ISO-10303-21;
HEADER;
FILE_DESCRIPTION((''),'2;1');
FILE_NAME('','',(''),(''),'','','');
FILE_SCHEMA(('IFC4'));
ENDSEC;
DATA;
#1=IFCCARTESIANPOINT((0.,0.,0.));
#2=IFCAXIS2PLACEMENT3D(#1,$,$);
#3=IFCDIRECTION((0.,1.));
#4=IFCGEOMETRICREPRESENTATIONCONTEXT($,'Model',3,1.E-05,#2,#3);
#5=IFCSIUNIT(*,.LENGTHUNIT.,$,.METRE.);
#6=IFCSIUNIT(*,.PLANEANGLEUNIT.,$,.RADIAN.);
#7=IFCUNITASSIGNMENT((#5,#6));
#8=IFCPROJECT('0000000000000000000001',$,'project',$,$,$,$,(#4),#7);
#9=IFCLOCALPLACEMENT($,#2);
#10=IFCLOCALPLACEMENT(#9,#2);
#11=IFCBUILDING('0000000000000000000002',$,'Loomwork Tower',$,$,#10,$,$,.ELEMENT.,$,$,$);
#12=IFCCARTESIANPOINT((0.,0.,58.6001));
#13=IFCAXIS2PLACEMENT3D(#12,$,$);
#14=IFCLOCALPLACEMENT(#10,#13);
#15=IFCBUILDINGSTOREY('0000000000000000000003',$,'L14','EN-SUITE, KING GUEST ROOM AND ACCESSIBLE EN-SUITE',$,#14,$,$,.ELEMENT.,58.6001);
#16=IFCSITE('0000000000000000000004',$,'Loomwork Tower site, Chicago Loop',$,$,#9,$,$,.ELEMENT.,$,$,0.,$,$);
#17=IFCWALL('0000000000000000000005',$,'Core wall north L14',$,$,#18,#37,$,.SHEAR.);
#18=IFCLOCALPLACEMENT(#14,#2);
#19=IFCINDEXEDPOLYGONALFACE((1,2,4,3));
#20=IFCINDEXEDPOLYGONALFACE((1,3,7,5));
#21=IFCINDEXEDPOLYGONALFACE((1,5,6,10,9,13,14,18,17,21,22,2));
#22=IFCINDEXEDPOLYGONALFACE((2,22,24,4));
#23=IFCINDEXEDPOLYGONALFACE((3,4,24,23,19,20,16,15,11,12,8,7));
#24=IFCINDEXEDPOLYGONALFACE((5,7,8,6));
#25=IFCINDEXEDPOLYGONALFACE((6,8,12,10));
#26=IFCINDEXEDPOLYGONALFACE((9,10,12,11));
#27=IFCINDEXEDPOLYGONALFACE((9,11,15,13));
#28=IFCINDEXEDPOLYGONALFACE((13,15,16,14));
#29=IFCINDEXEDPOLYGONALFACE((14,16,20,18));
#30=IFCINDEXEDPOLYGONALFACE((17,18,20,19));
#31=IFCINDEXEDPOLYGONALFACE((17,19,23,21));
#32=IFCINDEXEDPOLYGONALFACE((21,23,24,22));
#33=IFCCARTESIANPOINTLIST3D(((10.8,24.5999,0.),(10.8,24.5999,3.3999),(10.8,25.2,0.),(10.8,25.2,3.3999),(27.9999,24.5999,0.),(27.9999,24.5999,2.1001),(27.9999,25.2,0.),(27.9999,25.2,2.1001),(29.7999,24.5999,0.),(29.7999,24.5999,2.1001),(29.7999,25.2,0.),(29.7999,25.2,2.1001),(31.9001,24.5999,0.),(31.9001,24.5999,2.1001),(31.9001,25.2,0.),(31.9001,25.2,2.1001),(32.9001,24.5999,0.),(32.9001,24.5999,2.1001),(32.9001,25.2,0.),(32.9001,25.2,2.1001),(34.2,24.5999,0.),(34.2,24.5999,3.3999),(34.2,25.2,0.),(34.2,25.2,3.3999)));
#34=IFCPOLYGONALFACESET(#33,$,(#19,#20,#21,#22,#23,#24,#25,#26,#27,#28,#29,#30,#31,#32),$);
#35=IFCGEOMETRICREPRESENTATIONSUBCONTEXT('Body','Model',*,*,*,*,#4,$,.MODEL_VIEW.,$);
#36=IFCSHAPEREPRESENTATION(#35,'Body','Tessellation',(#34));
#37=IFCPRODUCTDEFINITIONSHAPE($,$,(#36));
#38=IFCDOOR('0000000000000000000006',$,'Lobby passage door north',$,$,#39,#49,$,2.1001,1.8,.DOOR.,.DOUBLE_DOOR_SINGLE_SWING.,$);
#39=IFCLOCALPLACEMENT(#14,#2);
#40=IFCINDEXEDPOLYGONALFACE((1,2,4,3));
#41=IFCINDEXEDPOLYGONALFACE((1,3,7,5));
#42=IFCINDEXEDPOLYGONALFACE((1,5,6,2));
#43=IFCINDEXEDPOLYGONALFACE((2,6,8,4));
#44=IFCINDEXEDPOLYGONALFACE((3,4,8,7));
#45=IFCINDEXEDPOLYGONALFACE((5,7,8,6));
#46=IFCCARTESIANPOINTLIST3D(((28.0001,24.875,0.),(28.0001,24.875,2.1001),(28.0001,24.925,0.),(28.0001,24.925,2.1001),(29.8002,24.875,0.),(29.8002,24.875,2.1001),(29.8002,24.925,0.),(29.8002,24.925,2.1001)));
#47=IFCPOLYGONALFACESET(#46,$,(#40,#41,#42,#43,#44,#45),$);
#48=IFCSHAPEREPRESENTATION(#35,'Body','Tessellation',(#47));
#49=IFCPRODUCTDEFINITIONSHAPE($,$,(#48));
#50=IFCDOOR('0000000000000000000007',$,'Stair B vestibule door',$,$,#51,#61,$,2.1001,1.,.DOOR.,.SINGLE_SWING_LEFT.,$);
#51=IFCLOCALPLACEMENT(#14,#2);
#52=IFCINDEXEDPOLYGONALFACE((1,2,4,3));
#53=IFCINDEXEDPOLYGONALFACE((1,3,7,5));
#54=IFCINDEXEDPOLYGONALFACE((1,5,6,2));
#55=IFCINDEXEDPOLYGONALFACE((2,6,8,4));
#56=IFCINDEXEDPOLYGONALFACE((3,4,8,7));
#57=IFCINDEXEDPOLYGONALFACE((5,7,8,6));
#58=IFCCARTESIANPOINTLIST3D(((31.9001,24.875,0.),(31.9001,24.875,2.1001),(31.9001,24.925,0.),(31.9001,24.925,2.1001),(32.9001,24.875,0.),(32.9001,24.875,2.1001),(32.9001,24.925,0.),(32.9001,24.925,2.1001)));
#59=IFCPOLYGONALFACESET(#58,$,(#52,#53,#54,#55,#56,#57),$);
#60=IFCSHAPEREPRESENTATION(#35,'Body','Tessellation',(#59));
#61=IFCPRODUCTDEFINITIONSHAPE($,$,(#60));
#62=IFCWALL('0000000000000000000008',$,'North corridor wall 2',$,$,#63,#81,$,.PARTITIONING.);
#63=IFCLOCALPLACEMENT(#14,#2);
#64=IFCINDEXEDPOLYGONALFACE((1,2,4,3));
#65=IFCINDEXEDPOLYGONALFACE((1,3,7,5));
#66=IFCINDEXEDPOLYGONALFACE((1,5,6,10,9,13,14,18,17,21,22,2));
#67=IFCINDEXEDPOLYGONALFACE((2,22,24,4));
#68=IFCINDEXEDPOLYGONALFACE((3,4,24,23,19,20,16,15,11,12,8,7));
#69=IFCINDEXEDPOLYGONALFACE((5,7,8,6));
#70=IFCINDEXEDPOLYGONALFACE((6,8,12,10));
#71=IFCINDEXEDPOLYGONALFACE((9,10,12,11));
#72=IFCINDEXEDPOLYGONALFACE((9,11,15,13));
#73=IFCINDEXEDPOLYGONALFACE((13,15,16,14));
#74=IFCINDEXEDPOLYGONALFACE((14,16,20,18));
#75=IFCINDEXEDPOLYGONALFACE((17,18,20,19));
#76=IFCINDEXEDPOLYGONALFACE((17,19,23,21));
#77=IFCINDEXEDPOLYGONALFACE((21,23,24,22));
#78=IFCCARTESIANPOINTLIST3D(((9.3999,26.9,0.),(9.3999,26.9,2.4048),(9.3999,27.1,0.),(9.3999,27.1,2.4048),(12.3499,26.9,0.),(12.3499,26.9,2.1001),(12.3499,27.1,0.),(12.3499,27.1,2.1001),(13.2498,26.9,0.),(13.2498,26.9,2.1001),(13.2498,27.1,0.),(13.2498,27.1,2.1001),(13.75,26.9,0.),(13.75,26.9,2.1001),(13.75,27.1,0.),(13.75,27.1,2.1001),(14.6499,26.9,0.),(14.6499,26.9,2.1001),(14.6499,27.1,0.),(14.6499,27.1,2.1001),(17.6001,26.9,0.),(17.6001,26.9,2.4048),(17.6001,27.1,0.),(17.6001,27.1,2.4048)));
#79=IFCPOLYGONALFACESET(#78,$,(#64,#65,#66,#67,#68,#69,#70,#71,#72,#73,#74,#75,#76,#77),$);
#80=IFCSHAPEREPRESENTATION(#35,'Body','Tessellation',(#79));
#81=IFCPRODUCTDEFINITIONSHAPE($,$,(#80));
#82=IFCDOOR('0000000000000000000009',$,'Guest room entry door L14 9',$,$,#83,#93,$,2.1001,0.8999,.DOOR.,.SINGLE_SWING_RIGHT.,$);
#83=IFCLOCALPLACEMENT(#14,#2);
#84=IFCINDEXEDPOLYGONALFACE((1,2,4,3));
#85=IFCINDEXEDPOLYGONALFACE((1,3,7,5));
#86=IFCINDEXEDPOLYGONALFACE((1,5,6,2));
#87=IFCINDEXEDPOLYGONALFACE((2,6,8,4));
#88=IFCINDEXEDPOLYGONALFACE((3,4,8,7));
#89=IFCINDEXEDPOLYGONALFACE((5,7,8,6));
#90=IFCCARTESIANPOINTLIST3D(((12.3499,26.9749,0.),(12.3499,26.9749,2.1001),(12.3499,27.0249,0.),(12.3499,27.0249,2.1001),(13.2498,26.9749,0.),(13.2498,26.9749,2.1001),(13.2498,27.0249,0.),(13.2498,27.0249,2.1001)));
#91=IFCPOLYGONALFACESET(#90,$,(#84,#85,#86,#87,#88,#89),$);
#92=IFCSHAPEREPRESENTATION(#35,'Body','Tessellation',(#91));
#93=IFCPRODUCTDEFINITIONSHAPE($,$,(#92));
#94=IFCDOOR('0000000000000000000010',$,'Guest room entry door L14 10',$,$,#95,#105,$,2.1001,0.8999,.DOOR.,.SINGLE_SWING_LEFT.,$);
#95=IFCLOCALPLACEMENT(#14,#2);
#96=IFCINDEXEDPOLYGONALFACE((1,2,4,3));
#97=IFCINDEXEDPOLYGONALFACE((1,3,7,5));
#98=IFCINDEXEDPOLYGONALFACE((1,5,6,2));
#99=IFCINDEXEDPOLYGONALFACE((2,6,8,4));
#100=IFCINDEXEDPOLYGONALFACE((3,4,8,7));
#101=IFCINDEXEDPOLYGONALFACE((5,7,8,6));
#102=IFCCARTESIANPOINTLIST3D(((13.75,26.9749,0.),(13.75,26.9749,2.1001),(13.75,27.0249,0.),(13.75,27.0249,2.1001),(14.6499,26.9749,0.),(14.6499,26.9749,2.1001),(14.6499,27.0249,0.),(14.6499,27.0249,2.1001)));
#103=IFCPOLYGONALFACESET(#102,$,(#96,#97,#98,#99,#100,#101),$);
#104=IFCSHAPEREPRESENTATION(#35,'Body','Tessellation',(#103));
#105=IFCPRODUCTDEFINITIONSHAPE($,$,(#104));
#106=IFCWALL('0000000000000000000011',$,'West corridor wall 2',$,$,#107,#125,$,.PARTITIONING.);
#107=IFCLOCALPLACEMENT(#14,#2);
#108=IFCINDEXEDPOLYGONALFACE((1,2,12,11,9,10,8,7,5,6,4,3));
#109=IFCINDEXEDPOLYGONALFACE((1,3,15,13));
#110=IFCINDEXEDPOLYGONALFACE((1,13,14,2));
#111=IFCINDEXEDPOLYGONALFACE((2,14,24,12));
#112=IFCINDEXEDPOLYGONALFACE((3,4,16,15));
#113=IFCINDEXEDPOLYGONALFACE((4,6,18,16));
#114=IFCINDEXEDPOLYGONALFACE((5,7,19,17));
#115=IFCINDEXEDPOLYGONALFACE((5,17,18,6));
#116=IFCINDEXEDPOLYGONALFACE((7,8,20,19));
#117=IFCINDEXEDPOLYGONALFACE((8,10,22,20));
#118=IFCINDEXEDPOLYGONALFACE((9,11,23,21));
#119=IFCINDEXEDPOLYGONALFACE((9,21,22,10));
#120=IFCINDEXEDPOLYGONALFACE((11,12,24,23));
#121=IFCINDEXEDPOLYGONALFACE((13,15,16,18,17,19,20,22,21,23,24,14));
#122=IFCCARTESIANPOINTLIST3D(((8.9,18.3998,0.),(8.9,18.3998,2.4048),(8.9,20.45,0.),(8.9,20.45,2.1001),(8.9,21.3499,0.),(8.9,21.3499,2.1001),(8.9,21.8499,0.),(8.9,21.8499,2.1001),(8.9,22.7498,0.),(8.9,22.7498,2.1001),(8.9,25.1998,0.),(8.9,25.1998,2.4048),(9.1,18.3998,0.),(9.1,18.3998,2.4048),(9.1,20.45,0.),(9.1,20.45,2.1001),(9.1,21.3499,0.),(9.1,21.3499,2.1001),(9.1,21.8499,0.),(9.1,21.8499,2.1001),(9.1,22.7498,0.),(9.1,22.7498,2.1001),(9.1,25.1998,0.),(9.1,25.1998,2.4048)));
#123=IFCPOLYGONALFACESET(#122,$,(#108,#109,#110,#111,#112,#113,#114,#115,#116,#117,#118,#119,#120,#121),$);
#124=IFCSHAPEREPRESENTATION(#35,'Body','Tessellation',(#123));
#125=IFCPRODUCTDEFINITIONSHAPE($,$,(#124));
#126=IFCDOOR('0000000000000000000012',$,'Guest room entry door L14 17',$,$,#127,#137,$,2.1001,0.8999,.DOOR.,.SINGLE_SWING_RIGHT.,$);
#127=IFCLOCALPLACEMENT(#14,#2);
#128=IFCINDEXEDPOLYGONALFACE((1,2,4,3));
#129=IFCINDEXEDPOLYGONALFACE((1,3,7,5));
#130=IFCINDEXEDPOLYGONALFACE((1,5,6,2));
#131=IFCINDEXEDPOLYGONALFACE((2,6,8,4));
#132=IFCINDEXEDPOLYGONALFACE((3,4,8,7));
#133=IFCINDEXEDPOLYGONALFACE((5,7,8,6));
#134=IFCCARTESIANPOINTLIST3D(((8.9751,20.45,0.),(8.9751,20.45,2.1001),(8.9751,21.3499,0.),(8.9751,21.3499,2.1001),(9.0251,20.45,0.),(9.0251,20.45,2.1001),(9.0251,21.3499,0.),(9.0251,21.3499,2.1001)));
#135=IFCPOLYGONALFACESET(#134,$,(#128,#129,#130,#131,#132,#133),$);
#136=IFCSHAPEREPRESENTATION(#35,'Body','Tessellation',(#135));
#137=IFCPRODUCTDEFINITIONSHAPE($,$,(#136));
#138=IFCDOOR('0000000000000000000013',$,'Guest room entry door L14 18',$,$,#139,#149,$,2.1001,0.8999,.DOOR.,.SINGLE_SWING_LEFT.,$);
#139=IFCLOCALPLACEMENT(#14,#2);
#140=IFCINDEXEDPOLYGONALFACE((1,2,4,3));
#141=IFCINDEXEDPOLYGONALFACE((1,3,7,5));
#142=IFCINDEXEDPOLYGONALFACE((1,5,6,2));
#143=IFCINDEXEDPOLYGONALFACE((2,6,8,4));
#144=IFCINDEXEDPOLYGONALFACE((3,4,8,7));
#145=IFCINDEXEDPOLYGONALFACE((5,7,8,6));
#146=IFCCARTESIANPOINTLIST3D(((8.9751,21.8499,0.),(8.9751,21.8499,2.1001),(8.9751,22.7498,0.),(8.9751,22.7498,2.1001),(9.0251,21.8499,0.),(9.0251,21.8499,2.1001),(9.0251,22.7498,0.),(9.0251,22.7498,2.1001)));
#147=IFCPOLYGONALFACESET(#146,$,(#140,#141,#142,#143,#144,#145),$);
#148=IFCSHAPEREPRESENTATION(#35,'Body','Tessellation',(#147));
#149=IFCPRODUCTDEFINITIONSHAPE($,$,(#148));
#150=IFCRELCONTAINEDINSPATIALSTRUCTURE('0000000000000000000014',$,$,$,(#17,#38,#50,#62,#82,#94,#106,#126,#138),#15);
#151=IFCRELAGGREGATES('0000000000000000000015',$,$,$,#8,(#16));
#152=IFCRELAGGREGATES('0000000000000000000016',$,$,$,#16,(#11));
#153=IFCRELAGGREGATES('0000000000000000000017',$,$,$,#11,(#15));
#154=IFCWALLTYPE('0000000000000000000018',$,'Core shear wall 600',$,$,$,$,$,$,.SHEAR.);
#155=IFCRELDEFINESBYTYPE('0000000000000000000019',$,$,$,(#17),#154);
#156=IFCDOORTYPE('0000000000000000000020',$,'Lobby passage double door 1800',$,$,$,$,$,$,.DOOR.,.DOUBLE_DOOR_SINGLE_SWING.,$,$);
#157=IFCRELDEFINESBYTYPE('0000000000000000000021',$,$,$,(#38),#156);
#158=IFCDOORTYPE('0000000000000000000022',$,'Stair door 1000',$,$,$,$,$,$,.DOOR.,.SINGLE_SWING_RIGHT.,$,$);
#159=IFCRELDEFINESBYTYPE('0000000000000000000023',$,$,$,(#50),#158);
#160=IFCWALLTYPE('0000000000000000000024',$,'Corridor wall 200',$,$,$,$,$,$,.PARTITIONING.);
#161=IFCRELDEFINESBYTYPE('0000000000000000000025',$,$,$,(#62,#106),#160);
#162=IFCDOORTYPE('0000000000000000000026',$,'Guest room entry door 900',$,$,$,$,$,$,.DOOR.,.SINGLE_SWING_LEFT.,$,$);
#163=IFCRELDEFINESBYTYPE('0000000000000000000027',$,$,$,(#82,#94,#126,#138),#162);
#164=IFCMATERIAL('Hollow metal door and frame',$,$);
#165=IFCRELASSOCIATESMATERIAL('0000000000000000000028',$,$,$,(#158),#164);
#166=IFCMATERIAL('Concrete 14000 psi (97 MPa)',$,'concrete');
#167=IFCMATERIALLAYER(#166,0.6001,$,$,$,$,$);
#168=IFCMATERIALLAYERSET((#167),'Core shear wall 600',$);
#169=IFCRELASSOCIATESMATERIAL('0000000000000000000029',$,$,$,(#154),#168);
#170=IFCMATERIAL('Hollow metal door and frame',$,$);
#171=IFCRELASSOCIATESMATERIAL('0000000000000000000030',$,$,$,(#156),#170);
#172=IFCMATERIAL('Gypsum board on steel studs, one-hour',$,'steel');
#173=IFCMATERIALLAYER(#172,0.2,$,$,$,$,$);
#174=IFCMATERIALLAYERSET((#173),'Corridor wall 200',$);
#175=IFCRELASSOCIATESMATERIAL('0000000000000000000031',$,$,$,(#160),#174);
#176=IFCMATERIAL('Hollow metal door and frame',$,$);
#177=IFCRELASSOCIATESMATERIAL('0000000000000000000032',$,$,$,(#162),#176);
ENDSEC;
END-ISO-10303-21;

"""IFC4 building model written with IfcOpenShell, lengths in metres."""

from ifc_helpers import new_model, si_unit, direction, frame, frame_2d, origin, place, context, subcontext, project, spatial, rectangle, extrude, material, layer, layer_set, type_object, element, fill, save


model = new_model("IFC4")

# Units and contexts
model_context = context("Model", 3, precision=1e-05, world=origin(), true_north=direction((0.0, 1.0)))
body_context = subcontext(model_context, "Body", "Model", "MODEL_VIEW")
ifc_project = project(units=[si_unit("LENGTHUNIT", "METRE"), si_unit("PLANEANGLEUNIT", "RADIAN")], contexts=[model_context])

# Site, building, storey
site_placement = place(None, origin())
site = spatial("IfcSite", under=ifc_project, at=site_placement, Name="Loomwork Tower site, Chicago Loop", CompositionType="ELEMENT", RefElevation=0.0)
building_placement = place(site_placement, origin())
building = spatial("IfcBuilding", under=site, at=building_placement, Name="Loomwork Tower", CompositionType="ELEMENT")
storey_placement = place(building_placement, frame((0.0, 0.0, 58.6001)))
storey = spatial("IfcBuildingStorey", under=building, at=storey_placement, Name="L14", Description="EN-SUITE, KING GUEST ROOM AND ACCESSIBLE EN-SUITE", CompositionType="ELEMENT", Elevation=58.6001)

# Shared definitions
ifc_material_1 = material(Name="Hollow metal door and frame")
door_type_1 = type_object("IfcDoorType", Name="Stair door 1000", OperationType="SINGLE_SWING_RIGHT", PredefinedType="DOOR", material=ifc_material_1)

# Walls, openings, doors
ifc_material_2 = material(Name="Concrete 14000 psi (97 MPa)", Category="concrete")
ifc_layer_1 = layer(ifc_material_2, 0.6001)
ifc_layer_set_1 = layer_set([ifc_layer_1], Name="Core shear wall 600")
wall_type_1 = type_object("IfcWallType", Name="Core shear wall 600", PredefinedType="SHEAR", material=ifc_layer_set_1)
wall_1_placement = place(storey_placement, frame((10.8, 24.8999, 0.0), z_axis=(0.0, 0.0, 1.0), x_axis=(1.0, 0.0, 0.0)))
wall_1 = element("IfcWall", 1, at=wall_1_placement, inside=storey, type_object=wall_type_1, Name="Core wall north L14", PredefinedType="SHEAR", context=body_context, shape_type="SweptSolid", body=[
    extrude(rectangle(XDim=23.3999, YDim=0.6001, at=frame_2d((11.7, 0.0))), origin(), (0.0, 0.0, 1.0), 3.3999),
])
opening_1_placement = place(wall_1_placement, frame((17.2, 0.0, 0.0)))
opening_1 = element("IfcOpeningElement", 2, at=opening_1_placement, cuts=wall_1, PredefinedType="OPENING", context=body_context, shape_type="SweptSolid", body=[
    extrude(rectangle(XDim=1.8, YDim=2.1001, at=frame_2d((0.8999, 1.05))), frame((0.0, 0.3101, 0.0), z_axis=(0.0, -1.0, 0.0), x_axis=(1.0, 0.0, 0.0)), (0.0, 0.0, 1.0), 0.6201),
])
opening_2_placement = place(wall_1_placement, frame((21.1001, 0.0, 0.0)))
opening_2 = element("IfcOpeningElement", 3, at=opening_2_placement, cuts=wall_1, PredefinedType="OPENING", context=body_context, shape_type="SweptSolid", body=[
    extrude(rectangle(XDim=1.0, YDim=2.1001, at=frame_2d((0.5, 1.05))), frame((0.0, 0.3101, 0.0), z_axis=(0.0, -1.0, 0.0), x_axis=(1.0, 0.0, 0.0)), (0.0, 0.0, 1.0), 0.6201),
])
ifc_material_3 = material(Name="Hollow metal door and frame")
door_type_2 = type_object("IfcDoorType", Name="Lobby passage double door 1800", OperationType="DOUBLE_DOOR_SINGLE_SWING", PredefinedType="DOOR", material=ifc_material_3)
door_1_placement = place(opening_1_placement, frame((1.8, 0.0, 0.0), z_axis=(0.0, 0.0, 1.0), x_axis=(-1.0, 0.0, 0.0)))
door_1 = element("IfcDoor", 4, at=door_1_placement, inside=storey, type_object=door_type_2, Name="Lobby passage door north", OperationType="DOUBLE_DOOR_SINGLE_SWING", OverallHeight=2.1001, OverallWidth=1.8, PredefinedType="DOOR", context=body_context, shape_type="SweptSolid", body=[
    extrude(rectangle(XDim=1.8, YDim=2.1001, at=frame_2d((0.8999, 1.05))), frame((0.0, 0.0249, 0.0), z_axis=(0.0, -1.0, 0.0), x_axis=(1.0, 0.0, 0.0)), (0.0, 0.0, 1.0), 0.05),
])
fill(opening_1, door_1)
door_2_placement = place(opening_2_placement, frame((1.0, 0.0, 0.0), z_axis=(0.0, 0.0, 1.0), x_axis=(-1.0, 0.0, 0.0)))
door_2 = element("IfcDoor", 5, at=door_2_placement, inside=storey, type_object=door_type_1, Name="Stair B vestibule door", OperationType="SINGLE_SWING_LEFT", OverallHeight=2.1001, OverallWidth=1.0, PredefinedType="DOOR", context=body_context, shape_type="SweptSolid", body=[
    extrude(rectangle(XDim=1.0, YDim=2.1001, at=frame_2d((0.5, 1.05))), frame((0.0, 0.0249, 0.0), z_axis=(0.0, -1.0, 0.0), x_axis=(1.0, 0.0, 0.0)), (0.0, 0.0, 1.0), 0.05),
])
fill(opening_2, door_2)
ifc_material_4 = material(Name="Gypsum board on steel studs, one-hour", Category="steel")
ifc_layer_2 = layer(ifc_material_4, 0.2)
ifc_layer_set_2 = layer_set([ifc_layer_2], Name="Corridor wall 200")
wall_type_2 = type_object("IfcWallType", Name="Corridor wall 200", PredefinedType="PARTITIONING", material=ifc_layer_set_2)
wall_2_placement = place(storey_placement, frame((9.3999, 27.0, 0.0), z_axis=(0.0, 0.0, 1.0), x_axis=(1.0, 0.0, 0.0)))
wall_2 = element("IfcWall", 6, at=wall_2_placement, inside=storey, type_object=wall_type_2, Name="North corridor wall 2", PredefinedType="PARTITIONING", context=body_context, shape_type="SweptSolid", body=[
    extrude(rectangle(XDim=8.2002, YDim=0.2, at=frame_2d((4.1001, 0.0))), origin(), (0.0, 0.0, 1.0), 2.4048),
])
opening_3_placement = place(wall_2_placement, frame((2.95, 0.0, 0.0)))
opening_3 = element("IfcOpeningElement", 7, at=opening_3_placement, cuts=wall_2, PredefinedType="OPENING", context=body_context, shape_type="SweptSolid", body=[
    extrude(rectangle(XDim=0.8999, YDim=2.1001, at=frame_2d((0.45, 1.05))), frame((0.0, 0.1099, 0.0), z_axis=(0.0, -1.0, 0.0), x_axis=(1.0, 0.0, 0.0)), (0.0, 0.0, 1.0), 0.22),
])
opening_4_placement = place(wall_2_placement, frame((4.3501, 0.0, 0.0)))
opening_4 = element("IfcOpeningElement", 8, at=opening_4_placement, cuts=wall_2, PredefinedType="OPENING", context=body_context, shape_type="SweptSolid", body=[
    extrude(rectangle(XDim=0.8999, YDim=2.1001, at=frame_2d((0.45, 1.05))), frame((0.0, 0.1099, 0.0), z_axis=(0.0, -1.0, 0.0), x_axis=(1.0, 0.0, 0.0)), (0.0, 0.0, 1.0), 0.22),
])
ifc_material_5 = material(Name="Hollow metal door and frame")
door_type_3 = type_object("IfcDoorType", Name="Guest room entry door 900", OperationType="SINGLE_SWING_LEFT", PredefinedType="DOOR", material=ifc_material_5)
door_3_placement = place(opening_3_placement, origin())
door_3 = element("IfcDoor", 9, at=door_3_placement, inside=storey, type_object=door_type_3, Name="Guest room entry door L14 9", OperationType="SINGLE_SWING_RIGHT", OverallHeight=2.1001, OverallWidth=0.8999, PredefinedType="DOOR", context=body_context, shape_type="SweptSolid", body=[
    extrude(rectangle(XDim=0.8999, YDim=2.1001, at=frame_2d((0.45, 1.05))), frame((0.0, 0.0249, 0.0), z_axis=(0.0, -1.0, 0.0), x_axis=(1.0, 0.0, 0.0)), (0.0, 0.0, 1.0), 0.05),
])
fill(opening_3, door_3)
door_4_placement = place(opening_4_placement, origin())
door_4 = element("IfcDoor", 10, at=door_4_placement, inside=storey, type_object=door_type_3, Name="Guest room entry door L14 10", OperationType="SINGLE_SWING_LEFT", OverallHeight=2.1001, OverallWidth=0.8999, PredefinedType="DOOR", context=body_context, shape_type="SweptSolid", body=[
    extrude(rectangle(XDim=0.8999, YDim=2.1001, at=frame_2d((0.45, 1.05))), frame((0.0, 0.0249, 0.0), z_axis=(0.0, -1.0, 0.0), x_axis=(1.0, 0.0, 0.0)), (0.0, 0.0, 1.0), 0.05),
])
fill(opening_4, door_4)
wall_3_placement = place(storey_placement, frame((9.0, 18.3999, 0.0), z_axis=(0.0, 0.0, 1.0), x_axis=(0.0, 1.0, 0.0)))
wall_3 = element("IfcWall", 11, at=wall_3_placement, inside=storey, type_object=wall_type_2, Name="West corridor wall 2", PredefinedType="PARTITIONING", context=body_context, shape_type="SweptSolid", body=[
    extrude(rectangle(XDim=6.8, YDim=0.2, at=frame_2d((3.3999, 0.0))), origin(), (0.0, 0.0, 1.0), 2.4048),
])
opening_5_placement = place(wall_3_placement, frame((2.05, 0.0, 0.0)))
opening_5 = element("IfcOpeningElement", 12, at=opening_5_placement, cuts=wall_3, PredefinedType="OPENING", context=body_context, shape_type="SweptSolid", body=[
    extrude(rectangle(XDim=0.8999, YDim=2.1001, at=frame_2d((0.45, 1.05))), frame((0.0, 0.1099, 0.0), z_axis=(0.0, -1.0, 0.0), x_axis=(1.0, 0.0, 0.0)), (0.0, 0.0, 1.0), 0.22),
])
opening_6_placement = place(wall_3_placement, frame((3.45, 0.0, 0.0)))
opening_6 = element("IfcOpeningElement", 13, at=opening_6_placement, cuts=wall_3, PredefinedType="OPENING", context=body_context, shape_type="SweptSolid", body=[
    extrude(rectangle(XDim=0.8999, YDim=2.1001, at=frame_2d((0.45, 1.05))), frame((0.0, 0.1099, 0.0), z_axis=(0.0, -1.0, 0.0), x_axis=(1.0, 0.0, 0.0)), (0.0, 0.0, 1.0), 0.22),
])
door_5_placement = place(opening_5_placement, origin())
door_5 = element("IfcDoor", 14, at=door_5_placement, inside=storey, type_object=door_type_3, Name="Guest room entry door L14 17", OperationType="SINGLE_SWING_RIGHT", OverallHeight=2.1001, OverallWidth=0.8999, PredefinedType="DOOR", context=body_context, shape_type="SweptSolid", body=[
    extrude(rectangle(XDim=0.8999, YDim=2.1001, at=frame_2d((0.45, 1.05))), frame((0.0, 0.0249, 0.0), z_axis=(0.0, -1.0, 0.0), x_axis=(1.0, 0.0, 0.0)), (0.0, 0.0, 1.0), 0.05),
])
fill(opening_5, door_5)
door_6_placement = place(opening_6_placement, origin())
door_6 = element("IfcDoor", 15, at=door_6_placement, inside=storey, type_object=door_type_3, Name="Guest room entry door L14 18", OperationType="SINGLE_SWING_LEFT", OverallHeight=2.1001, OverallWidth=0.8999, PredefinedType="DOOR", context=body_context, shape_type="SweptSolid", body=[
    extrude(rectangle(XDim=0.8999, YDim=2.1001, at=frame_2d((0.45, 1.05))), frame((0.0, 0.0249, 0.0), z_axis=(0.0, -1.0, 0.0), x_axis=(1.0, 0.0, 0.0)), (0.0, 0.0, 1.0), 0.05),
])
fill(opening_6, door_6)

save(model, "model.ifc")
